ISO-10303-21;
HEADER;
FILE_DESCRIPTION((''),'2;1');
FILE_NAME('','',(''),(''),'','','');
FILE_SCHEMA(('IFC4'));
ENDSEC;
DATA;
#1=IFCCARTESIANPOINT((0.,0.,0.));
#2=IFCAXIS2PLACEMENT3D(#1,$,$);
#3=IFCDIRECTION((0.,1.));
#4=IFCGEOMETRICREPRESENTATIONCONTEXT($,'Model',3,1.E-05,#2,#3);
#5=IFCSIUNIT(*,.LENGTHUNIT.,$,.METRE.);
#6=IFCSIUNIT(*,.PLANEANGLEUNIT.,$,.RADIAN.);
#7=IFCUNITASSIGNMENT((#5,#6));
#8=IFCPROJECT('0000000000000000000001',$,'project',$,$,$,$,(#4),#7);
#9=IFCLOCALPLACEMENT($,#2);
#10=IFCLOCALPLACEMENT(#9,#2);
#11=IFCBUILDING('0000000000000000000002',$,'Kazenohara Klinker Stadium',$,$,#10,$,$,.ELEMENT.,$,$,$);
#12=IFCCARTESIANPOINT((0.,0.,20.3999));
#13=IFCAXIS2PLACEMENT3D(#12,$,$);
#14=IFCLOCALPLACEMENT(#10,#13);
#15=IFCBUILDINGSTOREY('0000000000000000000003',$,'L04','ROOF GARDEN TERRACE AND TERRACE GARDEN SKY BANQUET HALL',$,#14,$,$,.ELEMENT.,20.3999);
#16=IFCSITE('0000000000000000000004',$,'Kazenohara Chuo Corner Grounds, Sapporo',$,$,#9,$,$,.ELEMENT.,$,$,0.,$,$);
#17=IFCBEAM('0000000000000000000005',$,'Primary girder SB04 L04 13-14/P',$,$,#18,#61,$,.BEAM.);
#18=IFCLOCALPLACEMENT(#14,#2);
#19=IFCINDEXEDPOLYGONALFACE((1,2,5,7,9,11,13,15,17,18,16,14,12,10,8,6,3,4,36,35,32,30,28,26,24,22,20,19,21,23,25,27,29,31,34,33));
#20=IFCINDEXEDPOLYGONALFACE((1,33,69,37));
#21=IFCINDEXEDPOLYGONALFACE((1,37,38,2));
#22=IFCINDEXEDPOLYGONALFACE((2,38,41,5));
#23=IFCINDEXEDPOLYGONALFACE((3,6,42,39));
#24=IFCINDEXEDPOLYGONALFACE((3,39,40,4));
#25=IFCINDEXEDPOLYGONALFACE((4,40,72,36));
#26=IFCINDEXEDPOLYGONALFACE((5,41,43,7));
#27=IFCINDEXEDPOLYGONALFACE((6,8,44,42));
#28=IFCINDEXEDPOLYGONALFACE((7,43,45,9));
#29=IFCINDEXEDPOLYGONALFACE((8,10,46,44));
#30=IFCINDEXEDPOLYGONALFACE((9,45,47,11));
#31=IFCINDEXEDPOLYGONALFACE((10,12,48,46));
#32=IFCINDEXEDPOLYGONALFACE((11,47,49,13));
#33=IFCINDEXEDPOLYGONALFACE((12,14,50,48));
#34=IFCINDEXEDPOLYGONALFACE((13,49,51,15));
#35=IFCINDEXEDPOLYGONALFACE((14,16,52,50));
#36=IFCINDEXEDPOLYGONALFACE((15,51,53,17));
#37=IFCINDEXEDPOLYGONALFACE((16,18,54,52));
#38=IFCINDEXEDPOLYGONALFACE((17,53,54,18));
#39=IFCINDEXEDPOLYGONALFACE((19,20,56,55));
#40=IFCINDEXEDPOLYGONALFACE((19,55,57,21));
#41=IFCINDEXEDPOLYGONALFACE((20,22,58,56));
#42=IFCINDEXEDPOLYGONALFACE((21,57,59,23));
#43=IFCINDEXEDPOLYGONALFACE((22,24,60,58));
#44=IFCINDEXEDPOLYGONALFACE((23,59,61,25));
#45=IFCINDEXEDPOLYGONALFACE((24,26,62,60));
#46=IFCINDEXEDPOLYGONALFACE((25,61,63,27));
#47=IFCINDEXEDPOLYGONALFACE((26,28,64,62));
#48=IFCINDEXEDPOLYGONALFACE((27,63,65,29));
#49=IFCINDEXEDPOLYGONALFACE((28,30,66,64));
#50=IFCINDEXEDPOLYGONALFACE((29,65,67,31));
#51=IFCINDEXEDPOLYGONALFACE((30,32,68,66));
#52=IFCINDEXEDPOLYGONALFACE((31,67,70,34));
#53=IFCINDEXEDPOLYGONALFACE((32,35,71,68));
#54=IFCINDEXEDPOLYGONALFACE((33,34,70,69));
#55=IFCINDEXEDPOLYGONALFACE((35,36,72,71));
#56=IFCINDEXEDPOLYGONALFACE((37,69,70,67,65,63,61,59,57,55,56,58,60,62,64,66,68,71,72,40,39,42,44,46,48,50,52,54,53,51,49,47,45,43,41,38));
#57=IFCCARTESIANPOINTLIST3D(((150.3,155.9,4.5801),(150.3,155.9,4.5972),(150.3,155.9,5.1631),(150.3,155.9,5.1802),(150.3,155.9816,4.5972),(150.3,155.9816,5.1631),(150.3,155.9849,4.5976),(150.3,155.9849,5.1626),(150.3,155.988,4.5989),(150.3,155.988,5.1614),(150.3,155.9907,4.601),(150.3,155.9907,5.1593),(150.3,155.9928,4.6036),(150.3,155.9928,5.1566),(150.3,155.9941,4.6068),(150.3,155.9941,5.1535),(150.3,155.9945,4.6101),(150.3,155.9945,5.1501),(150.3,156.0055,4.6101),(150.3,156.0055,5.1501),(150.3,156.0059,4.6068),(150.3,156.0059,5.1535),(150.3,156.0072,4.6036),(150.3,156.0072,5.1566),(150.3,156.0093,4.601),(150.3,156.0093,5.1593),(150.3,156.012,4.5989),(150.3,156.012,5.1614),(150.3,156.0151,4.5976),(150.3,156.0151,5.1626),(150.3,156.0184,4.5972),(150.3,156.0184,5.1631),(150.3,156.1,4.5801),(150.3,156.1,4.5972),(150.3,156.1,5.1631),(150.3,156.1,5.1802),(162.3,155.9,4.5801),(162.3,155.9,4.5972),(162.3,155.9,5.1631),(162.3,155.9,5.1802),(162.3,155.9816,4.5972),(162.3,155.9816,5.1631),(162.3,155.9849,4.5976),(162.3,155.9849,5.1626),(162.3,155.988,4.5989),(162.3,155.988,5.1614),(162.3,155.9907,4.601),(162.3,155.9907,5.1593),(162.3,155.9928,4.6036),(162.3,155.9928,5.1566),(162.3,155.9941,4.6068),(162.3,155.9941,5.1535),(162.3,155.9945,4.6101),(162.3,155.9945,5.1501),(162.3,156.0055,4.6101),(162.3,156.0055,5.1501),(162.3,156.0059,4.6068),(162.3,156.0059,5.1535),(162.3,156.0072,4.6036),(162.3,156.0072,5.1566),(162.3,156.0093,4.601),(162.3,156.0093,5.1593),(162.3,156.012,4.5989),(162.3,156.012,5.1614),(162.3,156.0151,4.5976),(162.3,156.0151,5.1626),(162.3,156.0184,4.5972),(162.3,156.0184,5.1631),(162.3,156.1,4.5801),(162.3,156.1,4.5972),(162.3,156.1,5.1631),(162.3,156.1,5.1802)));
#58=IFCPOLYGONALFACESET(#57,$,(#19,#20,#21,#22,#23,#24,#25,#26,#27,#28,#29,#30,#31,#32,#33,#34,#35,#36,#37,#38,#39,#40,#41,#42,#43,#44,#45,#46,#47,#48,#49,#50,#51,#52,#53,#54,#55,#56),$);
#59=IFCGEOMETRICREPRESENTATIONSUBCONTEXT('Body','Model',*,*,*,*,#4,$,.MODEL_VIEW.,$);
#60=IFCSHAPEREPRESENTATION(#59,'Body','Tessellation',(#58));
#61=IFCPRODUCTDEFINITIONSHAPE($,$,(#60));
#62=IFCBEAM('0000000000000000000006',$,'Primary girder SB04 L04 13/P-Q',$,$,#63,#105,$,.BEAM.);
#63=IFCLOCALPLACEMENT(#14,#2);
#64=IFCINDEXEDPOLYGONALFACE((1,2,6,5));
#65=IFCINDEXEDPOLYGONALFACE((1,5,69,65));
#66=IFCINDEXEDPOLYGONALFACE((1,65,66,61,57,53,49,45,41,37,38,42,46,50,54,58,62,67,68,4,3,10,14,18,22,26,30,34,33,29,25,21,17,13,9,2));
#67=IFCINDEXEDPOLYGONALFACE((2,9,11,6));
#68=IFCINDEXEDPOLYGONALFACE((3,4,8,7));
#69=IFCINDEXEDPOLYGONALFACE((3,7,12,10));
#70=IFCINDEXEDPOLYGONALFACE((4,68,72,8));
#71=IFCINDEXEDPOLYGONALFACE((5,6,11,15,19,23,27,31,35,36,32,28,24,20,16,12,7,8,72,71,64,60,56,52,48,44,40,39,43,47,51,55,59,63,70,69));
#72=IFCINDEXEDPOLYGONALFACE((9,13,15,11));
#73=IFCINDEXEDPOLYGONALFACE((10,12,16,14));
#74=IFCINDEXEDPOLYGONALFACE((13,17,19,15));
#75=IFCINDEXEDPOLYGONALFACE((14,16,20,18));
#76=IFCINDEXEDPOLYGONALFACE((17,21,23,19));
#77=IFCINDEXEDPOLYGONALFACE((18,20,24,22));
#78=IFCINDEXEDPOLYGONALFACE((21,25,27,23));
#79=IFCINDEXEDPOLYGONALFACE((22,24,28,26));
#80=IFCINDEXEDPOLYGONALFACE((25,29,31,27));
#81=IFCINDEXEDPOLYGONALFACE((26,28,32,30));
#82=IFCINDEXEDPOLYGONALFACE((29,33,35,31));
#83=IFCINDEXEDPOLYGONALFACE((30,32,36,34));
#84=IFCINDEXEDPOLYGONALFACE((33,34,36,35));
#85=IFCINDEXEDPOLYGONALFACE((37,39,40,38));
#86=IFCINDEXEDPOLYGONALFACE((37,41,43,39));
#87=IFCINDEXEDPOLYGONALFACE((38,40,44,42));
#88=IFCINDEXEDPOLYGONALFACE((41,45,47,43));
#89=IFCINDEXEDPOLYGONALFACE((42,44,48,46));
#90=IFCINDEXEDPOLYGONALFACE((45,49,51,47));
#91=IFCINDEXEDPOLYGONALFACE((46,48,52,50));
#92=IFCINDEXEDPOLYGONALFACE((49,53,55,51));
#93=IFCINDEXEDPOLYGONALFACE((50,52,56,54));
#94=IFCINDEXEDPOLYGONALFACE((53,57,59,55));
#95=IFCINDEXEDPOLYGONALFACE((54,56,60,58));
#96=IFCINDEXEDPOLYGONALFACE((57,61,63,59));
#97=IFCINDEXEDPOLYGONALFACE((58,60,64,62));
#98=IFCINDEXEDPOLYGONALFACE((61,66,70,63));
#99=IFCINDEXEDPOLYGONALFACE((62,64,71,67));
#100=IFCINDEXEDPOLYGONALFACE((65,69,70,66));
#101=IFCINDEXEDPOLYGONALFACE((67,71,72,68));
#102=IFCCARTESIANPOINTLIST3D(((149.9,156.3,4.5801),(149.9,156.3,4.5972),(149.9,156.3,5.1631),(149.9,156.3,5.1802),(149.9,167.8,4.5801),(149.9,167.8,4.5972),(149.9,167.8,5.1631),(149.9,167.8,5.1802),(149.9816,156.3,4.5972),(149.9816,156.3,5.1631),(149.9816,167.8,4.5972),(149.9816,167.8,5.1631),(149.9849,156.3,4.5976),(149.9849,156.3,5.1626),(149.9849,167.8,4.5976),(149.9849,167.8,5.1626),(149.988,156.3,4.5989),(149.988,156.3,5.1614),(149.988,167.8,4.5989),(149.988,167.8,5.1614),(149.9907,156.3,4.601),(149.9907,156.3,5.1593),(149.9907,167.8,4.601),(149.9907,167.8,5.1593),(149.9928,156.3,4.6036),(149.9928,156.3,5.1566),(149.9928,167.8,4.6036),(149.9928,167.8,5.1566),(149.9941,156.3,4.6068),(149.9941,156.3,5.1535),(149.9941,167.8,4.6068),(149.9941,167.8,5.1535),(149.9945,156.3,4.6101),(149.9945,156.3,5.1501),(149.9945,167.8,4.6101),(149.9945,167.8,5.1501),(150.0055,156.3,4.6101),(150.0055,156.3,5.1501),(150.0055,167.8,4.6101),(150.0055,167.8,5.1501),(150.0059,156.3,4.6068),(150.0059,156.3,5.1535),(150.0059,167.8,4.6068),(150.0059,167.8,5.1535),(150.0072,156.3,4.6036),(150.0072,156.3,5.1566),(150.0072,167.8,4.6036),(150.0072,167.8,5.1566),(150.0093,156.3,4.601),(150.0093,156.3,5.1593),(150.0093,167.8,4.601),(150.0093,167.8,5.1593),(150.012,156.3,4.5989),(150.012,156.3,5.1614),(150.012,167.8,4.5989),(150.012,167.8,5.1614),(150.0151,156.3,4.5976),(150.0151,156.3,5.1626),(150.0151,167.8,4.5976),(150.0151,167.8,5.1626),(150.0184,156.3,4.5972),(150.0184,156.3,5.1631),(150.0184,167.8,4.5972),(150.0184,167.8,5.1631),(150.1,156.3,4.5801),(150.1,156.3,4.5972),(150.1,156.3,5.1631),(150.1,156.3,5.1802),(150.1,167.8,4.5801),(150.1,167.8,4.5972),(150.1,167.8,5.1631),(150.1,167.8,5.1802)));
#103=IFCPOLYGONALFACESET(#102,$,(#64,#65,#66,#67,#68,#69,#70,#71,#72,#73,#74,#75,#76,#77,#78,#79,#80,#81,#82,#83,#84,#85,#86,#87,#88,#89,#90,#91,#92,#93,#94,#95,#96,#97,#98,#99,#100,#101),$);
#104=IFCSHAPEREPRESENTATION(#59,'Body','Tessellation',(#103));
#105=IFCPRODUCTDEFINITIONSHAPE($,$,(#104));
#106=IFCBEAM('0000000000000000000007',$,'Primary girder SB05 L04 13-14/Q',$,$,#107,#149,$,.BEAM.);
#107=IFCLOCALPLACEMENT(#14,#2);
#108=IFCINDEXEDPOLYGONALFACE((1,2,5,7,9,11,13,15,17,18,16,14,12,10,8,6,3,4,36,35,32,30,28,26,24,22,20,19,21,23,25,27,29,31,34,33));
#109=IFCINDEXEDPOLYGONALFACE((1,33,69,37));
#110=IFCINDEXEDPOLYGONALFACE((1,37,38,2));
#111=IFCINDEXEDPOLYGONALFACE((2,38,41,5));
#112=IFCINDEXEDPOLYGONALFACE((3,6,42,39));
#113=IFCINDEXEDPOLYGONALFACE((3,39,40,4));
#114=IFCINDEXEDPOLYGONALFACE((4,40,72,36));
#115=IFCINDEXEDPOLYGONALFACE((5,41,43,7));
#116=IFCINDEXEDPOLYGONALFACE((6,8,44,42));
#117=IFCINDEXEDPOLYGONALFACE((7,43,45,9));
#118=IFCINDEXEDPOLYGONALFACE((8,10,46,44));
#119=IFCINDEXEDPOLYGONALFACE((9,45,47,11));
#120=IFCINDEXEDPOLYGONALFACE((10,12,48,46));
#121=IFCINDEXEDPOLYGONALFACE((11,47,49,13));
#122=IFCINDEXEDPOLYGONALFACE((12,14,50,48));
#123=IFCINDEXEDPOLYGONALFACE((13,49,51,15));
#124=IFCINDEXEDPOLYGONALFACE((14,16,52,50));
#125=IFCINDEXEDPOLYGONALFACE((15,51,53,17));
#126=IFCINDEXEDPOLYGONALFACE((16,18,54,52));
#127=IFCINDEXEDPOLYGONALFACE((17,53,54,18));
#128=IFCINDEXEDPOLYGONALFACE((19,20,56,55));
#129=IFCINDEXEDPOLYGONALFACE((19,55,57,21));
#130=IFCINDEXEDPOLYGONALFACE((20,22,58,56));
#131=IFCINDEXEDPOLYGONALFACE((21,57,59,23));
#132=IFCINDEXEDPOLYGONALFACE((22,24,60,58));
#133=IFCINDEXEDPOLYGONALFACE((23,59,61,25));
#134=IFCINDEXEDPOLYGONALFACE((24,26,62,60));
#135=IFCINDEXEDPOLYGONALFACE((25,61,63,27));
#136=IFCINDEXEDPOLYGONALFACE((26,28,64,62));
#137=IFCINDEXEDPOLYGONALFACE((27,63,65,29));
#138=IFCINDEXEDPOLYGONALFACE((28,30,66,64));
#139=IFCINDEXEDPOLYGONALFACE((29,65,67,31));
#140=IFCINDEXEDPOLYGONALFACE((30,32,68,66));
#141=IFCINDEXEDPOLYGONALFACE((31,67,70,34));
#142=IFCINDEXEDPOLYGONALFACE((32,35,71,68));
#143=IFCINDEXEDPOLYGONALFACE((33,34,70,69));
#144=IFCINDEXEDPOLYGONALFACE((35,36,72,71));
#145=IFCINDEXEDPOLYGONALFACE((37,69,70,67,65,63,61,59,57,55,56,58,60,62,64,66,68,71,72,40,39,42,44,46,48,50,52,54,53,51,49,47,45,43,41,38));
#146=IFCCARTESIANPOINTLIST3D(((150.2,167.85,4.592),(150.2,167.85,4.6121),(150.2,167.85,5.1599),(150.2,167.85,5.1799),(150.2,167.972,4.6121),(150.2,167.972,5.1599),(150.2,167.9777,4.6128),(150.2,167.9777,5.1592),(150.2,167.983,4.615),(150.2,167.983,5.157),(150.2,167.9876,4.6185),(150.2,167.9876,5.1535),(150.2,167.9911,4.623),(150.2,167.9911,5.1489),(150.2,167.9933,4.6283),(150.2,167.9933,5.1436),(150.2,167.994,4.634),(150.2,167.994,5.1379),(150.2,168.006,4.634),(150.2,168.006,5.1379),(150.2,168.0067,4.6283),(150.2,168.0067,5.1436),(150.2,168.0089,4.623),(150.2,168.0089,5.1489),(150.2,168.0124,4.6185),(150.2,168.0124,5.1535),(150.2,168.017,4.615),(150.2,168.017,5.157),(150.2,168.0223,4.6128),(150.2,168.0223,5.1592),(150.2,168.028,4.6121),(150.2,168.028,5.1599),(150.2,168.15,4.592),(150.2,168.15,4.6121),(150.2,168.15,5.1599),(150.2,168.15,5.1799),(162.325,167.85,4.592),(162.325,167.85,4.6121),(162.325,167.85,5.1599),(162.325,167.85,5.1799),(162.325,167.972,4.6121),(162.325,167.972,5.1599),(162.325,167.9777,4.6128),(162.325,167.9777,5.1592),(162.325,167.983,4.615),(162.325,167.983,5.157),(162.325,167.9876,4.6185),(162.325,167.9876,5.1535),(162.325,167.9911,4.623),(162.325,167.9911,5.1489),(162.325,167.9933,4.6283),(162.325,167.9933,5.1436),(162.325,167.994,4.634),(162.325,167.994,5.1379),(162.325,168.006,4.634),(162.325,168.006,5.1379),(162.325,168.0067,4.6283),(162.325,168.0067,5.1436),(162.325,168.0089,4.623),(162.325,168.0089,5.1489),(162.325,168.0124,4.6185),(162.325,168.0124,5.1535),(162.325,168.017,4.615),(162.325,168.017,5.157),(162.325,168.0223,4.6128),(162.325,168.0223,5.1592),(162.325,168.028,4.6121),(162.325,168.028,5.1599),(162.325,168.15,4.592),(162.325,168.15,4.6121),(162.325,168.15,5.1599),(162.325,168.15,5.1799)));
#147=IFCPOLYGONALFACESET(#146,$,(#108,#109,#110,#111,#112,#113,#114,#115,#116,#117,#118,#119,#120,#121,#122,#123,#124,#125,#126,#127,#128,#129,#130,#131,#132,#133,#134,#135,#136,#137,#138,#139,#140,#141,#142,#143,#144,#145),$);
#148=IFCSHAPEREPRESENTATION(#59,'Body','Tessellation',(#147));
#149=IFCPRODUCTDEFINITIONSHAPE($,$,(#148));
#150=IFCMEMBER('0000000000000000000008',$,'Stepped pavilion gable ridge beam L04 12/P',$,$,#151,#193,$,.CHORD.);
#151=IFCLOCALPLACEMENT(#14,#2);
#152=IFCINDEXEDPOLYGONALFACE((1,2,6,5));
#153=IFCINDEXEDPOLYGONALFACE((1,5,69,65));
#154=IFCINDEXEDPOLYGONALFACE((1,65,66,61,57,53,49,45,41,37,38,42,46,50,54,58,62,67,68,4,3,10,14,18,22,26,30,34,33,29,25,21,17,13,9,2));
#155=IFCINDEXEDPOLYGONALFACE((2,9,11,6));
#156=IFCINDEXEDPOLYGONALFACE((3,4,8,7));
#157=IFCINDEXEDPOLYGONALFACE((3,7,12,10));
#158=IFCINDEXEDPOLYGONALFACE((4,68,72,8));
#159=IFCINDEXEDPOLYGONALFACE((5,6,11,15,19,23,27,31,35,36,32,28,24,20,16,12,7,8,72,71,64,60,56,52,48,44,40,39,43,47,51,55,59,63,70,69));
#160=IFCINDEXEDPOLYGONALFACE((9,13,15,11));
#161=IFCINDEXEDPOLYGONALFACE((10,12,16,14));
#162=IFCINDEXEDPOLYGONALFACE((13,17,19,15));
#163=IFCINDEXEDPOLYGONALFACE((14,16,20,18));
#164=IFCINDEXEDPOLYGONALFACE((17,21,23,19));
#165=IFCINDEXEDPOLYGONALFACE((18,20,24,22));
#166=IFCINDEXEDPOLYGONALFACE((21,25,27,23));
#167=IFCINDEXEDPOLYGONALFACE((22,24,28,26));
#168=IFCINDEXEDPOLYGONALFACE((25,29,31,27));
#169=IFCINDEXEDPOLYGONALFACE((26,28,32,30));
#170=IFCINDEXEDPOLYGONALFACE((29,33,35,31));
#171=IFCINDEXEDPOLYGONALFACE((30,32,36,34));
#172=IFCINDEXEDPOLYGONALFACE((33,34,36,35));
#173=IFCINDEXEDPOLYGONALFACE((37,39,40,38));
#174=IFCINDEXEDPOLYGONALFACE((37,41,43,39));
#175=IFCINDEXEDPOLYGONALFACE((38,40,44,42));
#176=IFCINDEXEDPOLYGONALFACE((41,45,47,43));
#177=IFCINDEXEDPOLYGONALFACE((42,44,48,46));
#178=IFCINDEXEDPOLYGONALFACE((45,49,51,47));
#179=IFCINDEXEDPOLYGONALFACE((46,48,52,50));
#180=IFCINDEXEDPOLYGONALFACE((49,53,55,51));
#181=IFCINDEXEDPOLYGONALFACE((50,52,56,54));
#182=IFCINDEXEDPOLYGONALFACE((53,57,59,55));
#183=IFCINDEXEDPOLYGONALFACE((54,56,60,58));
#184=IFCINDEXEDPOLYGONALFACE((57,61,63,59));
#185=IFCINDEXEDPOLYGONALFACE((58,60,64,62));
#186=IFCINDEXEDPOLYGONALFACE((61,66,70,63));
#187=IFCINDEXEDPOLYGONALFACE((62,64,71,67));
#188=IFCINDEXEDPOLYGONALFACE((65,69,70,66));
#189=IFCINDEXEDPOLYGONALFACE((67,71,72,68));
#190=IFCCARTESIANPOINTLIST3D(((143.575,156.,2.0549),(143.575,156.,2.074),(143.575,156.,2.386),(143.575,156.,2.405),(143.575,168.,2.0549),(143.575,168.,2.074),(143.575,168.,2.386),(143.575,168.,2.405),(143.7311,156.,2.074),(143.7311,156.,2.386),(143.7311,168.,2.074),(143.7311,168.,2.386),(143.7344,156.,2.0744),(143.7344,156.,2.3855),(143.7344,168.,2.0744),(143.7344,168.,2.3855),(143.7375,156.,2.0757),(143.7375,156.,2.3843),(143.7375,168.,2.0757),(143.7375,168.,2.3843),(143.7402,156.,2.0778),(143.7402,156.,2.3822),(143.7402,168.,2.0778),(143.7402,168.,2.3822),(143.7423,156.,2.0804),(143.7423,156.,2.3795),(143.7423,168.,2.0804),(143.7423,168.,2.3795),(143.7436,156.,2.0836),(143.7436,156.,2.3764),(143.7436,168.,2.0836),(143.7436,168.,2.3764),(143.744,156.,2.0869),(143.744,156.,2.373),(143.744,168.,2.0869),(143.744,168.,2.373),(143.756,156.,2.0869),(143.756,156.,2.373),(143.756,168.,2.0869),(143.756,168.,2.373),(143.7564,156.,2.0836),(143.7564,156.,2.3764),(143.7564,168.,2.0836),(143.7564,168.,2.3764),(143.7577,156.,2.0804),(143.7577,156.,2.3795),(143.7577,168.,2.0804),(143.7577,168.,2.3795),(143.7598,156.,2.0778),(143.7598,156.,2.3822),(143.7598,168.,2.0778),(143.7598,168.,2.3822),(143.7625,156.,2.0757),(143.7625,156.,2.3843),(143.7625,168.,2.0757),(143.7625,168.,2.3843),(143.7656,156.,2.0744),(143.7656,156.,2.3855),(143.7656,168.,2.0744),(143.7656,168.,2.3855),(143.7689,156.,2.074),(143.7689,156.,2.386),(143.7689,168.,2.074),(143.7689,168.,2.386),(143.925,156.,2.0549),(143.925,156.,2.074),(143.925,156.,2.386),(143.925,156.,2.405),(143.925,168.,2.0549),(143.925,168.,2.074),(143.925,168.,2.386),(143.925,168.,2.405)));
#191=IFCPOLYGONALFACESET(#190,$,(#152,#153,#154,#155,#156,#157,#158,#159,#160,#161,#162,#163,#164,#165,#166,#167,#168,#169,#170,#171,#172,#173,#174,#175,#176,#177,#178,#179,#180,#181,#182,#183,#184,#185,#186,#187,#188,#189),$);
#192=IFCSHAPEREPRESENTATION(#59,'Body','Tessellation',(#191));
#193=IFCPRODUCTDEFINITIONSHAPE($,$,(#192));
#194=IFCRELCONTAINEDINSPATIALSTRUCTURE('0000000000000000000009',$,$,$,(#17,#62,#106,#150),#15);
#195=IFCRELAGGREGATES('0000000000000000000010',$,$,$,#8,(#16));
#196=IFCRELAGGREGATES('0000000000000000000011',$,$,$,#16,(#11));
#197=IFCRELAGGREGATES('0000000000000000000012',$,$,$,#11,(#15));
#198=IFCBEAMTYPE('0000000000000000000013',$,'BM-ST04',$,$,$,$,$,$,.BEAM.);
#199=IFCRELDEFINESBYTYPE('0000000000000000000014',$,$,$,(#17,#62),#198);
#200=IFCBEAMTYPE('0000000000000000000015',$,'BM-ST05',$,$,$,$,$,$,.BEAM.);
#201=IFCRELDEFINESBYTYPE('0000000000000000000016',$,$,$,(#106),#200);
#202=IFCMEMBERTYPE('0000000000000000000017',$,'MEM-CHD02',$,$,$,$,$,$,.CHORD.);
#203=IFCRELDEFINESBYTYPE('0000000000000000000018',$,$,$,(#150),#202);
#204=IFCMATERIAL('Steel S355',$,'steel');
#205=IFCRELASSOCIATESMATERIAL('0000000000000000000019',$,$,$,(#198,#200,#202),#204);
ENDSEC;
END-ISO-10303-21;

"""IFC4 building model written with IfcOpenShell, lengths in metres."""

from ifc_helpers import new_model, si_unit, direction, frame, origin, origin_2d, place, context, subcontext, project, spatial, i_section, extrude, material, material_profile, profile_set, type_object, element, save


model = new_model("IFC4")

# Units and contexts
model_context = context("Model", 3, precision=1e-05, world=origin(), true_north=direction((0.0, 1.0)))
body_context = subcontext(model_context, "Body", "Model", "MODEL_VIEW")
ifc_project = project(units=[si_unit("LENGTHUNIT", "METRE"), si_unit("PLANEANGLEUNIT", "RADIAN")], contexts=[model_context])

# Site, building, storey
site_placement = place(None, origin())
site = spatial("IfcSite", under=ifc_project, at=site_placement, Name="Kazenohara Chuo Corner Grounds, Sapporo", CompositionType="ELEMENT", RefElevation=0.0)
building_placement = place(site_placement, origin())
building = spatial("IfcBuilding", under=site, at=building_placement, Name="Kazenohara Klinker Stadium", CompositionType="ELEMENT")
storey_placement = place(building_placement, frame((0.0, 0.0, 20.3999)))
storey = spatial("IfcBuildingStorey", under=building, at=storey_placement, Name="L04", Description="ROOF GARDEN TERRACE AND TERRACE GARDEN SKY BANQUET HALL", CompositionType="ELEMENT", Elevation=20.3999)

# Shared definitions
ifc_material_1 = material(Name="Steel S355", Category="steel")

# Beams
ifc_material_profile_1 = material_profile(ifc_material_1, i_section(OverallWidth=0.2, OverallDepth=0.6001, WebThickness=0.011, FlangeThickness=0.0171, FilletRadius=0.0129, at=origin_2d()), Name="H-600x200x11x17")
ifc_profile_set_1 = profile_set([ifc_material_profile_1], Name="Steel S355")
beam_type_1 = type_object("IfcBeamType", Name="BM-ST04", PredefinedType="BEAM", material=ifc_profile_set_1)
beam_1_placement = place(storey_placement, frame((150.3, 156.0, 4.8801), z_axis=(1.0, 0.0, 0.0), x_axis=(0.0, 1.0, 0.0)))
element("IfcBeam", 1, at=beam_1_placement, inside=storey, type_object=beam_type_1, Name="Primary girder SB04 L04 13-14/P", PredefinedType="BEAM", context=body_context, shape_type="SweptSolid", body=[
    extrude(i_section(OverallWidth=0.2, OverallDepth=0.6001, WebThickness=0.011, FlangeThickness=0.0171, FilletRadius=0.0129, at=origin_2d()), origin(), (0.0, 0.0, 1.0), 12.0),
])
beam_2_placement = place(storey_placement, frame((150.0, 156.3, 4.8801), z_axis=(0.0, 1.0, 0.0), x_axis=(-1.0, 0.0, 0.0)))
element("IfcBeam", 2, at=beam_2_placement, inside=storey, type_object=beam_type_1, Name="Primary girder SB04 L04 13/P-Q", PredefinedType="BEAM", context=body_context, shape_type="SweptSolid", body=[
    extrude(i_section(OverallWidth=0.2, OverallDepth=0.6001, WebThickness=0.011, FlangeThickness=0.0171, FilletRadius=0.0129, at=origin_2d()), origin(), (0.0, 0.0, 1.0), 11.5),
])
ifc_material_profile_2 = material_profile(ifc_material_1, i_section(OverallWidth=0.3, OverallDepth=0.5879, WebThickness=0.012, FlangeThickness=0.02, FilletRadius=0.022, at=origin_2d()), Name="H-588x300x12x20")
ifc_profile_set_2 = profile_set([ifc_material_profile_2], Name="Steel S355")
beam_type_2 = type_object("IfcBeamType", Name="BM-ST05", PredefinedType="BEAM", material=ifc_profile_set_2)
beam_3_placement = place(storey_placement, frame((150.2, 168.0, 4.886), z_axis=(1.0, 0.0, 0.0), x_axis=(0.0, 1.0, 0.0)))
element("IfcBeam", 3, at=beam_3_placement, inside=storey, type_object=beam_type_2, Name="Primary girder SB05 L04 13-14/Q", PredefinedType="BEAM", context=body_context, shape_type="SweptSolid", body=[
    extrude(i_section(OverallWidth=0.3, OverallDepth=0.5879, WebThickness=0.012, FlangeThickness=0.02, FilletRadius=0.022, at=origin_2d()), origin(), (0.0, 0.0, 1.0), 12.125),
])

# Member
ifc_material_profile_3 = material_profile(ifc_material_1, i_section(OverallWidth=0.3501, OverallDepth=0.3501, WebThickness=0.012, FlangeThickness=0.019, FilletRadius=0.0129, at=origin_2d()), Name="H-350x350x12x19")
ifc_profile_set_3 = profile_set([ifc_material_profile_3], Name="Steel S355")
member_type_1 = type_object("IfcMemberType", Name="MEM-CHD02", PredefinedType="CHORD", material=ifc_profile_set_3)
member_placement = place(storey_placement, frame((143.75, 156.0, 2.23), z_axis=(0.0, 1.0, 0.0), x_axis=(-1.0, 0.0, 0.0)))
element("IfcMember", 4, at=member_placement, inside=storey, type_object=member_type_1, Name="Stepped pavilion gable ridge beam L04 12/P", PredefinedType="CHORD", context=body_context, shape_type="SweptSolid", body=[
    extrude(i_section(OverallWidth=0.3501, OverallDepth=0.3501, WebThickness=0.012, FlangeThickness=0.019, FilletRadius=0.0129, at=origin_2d()), origin(), (0.0, 0.0, 1.0), 12.0),
])

save(model, "model.ifc")
